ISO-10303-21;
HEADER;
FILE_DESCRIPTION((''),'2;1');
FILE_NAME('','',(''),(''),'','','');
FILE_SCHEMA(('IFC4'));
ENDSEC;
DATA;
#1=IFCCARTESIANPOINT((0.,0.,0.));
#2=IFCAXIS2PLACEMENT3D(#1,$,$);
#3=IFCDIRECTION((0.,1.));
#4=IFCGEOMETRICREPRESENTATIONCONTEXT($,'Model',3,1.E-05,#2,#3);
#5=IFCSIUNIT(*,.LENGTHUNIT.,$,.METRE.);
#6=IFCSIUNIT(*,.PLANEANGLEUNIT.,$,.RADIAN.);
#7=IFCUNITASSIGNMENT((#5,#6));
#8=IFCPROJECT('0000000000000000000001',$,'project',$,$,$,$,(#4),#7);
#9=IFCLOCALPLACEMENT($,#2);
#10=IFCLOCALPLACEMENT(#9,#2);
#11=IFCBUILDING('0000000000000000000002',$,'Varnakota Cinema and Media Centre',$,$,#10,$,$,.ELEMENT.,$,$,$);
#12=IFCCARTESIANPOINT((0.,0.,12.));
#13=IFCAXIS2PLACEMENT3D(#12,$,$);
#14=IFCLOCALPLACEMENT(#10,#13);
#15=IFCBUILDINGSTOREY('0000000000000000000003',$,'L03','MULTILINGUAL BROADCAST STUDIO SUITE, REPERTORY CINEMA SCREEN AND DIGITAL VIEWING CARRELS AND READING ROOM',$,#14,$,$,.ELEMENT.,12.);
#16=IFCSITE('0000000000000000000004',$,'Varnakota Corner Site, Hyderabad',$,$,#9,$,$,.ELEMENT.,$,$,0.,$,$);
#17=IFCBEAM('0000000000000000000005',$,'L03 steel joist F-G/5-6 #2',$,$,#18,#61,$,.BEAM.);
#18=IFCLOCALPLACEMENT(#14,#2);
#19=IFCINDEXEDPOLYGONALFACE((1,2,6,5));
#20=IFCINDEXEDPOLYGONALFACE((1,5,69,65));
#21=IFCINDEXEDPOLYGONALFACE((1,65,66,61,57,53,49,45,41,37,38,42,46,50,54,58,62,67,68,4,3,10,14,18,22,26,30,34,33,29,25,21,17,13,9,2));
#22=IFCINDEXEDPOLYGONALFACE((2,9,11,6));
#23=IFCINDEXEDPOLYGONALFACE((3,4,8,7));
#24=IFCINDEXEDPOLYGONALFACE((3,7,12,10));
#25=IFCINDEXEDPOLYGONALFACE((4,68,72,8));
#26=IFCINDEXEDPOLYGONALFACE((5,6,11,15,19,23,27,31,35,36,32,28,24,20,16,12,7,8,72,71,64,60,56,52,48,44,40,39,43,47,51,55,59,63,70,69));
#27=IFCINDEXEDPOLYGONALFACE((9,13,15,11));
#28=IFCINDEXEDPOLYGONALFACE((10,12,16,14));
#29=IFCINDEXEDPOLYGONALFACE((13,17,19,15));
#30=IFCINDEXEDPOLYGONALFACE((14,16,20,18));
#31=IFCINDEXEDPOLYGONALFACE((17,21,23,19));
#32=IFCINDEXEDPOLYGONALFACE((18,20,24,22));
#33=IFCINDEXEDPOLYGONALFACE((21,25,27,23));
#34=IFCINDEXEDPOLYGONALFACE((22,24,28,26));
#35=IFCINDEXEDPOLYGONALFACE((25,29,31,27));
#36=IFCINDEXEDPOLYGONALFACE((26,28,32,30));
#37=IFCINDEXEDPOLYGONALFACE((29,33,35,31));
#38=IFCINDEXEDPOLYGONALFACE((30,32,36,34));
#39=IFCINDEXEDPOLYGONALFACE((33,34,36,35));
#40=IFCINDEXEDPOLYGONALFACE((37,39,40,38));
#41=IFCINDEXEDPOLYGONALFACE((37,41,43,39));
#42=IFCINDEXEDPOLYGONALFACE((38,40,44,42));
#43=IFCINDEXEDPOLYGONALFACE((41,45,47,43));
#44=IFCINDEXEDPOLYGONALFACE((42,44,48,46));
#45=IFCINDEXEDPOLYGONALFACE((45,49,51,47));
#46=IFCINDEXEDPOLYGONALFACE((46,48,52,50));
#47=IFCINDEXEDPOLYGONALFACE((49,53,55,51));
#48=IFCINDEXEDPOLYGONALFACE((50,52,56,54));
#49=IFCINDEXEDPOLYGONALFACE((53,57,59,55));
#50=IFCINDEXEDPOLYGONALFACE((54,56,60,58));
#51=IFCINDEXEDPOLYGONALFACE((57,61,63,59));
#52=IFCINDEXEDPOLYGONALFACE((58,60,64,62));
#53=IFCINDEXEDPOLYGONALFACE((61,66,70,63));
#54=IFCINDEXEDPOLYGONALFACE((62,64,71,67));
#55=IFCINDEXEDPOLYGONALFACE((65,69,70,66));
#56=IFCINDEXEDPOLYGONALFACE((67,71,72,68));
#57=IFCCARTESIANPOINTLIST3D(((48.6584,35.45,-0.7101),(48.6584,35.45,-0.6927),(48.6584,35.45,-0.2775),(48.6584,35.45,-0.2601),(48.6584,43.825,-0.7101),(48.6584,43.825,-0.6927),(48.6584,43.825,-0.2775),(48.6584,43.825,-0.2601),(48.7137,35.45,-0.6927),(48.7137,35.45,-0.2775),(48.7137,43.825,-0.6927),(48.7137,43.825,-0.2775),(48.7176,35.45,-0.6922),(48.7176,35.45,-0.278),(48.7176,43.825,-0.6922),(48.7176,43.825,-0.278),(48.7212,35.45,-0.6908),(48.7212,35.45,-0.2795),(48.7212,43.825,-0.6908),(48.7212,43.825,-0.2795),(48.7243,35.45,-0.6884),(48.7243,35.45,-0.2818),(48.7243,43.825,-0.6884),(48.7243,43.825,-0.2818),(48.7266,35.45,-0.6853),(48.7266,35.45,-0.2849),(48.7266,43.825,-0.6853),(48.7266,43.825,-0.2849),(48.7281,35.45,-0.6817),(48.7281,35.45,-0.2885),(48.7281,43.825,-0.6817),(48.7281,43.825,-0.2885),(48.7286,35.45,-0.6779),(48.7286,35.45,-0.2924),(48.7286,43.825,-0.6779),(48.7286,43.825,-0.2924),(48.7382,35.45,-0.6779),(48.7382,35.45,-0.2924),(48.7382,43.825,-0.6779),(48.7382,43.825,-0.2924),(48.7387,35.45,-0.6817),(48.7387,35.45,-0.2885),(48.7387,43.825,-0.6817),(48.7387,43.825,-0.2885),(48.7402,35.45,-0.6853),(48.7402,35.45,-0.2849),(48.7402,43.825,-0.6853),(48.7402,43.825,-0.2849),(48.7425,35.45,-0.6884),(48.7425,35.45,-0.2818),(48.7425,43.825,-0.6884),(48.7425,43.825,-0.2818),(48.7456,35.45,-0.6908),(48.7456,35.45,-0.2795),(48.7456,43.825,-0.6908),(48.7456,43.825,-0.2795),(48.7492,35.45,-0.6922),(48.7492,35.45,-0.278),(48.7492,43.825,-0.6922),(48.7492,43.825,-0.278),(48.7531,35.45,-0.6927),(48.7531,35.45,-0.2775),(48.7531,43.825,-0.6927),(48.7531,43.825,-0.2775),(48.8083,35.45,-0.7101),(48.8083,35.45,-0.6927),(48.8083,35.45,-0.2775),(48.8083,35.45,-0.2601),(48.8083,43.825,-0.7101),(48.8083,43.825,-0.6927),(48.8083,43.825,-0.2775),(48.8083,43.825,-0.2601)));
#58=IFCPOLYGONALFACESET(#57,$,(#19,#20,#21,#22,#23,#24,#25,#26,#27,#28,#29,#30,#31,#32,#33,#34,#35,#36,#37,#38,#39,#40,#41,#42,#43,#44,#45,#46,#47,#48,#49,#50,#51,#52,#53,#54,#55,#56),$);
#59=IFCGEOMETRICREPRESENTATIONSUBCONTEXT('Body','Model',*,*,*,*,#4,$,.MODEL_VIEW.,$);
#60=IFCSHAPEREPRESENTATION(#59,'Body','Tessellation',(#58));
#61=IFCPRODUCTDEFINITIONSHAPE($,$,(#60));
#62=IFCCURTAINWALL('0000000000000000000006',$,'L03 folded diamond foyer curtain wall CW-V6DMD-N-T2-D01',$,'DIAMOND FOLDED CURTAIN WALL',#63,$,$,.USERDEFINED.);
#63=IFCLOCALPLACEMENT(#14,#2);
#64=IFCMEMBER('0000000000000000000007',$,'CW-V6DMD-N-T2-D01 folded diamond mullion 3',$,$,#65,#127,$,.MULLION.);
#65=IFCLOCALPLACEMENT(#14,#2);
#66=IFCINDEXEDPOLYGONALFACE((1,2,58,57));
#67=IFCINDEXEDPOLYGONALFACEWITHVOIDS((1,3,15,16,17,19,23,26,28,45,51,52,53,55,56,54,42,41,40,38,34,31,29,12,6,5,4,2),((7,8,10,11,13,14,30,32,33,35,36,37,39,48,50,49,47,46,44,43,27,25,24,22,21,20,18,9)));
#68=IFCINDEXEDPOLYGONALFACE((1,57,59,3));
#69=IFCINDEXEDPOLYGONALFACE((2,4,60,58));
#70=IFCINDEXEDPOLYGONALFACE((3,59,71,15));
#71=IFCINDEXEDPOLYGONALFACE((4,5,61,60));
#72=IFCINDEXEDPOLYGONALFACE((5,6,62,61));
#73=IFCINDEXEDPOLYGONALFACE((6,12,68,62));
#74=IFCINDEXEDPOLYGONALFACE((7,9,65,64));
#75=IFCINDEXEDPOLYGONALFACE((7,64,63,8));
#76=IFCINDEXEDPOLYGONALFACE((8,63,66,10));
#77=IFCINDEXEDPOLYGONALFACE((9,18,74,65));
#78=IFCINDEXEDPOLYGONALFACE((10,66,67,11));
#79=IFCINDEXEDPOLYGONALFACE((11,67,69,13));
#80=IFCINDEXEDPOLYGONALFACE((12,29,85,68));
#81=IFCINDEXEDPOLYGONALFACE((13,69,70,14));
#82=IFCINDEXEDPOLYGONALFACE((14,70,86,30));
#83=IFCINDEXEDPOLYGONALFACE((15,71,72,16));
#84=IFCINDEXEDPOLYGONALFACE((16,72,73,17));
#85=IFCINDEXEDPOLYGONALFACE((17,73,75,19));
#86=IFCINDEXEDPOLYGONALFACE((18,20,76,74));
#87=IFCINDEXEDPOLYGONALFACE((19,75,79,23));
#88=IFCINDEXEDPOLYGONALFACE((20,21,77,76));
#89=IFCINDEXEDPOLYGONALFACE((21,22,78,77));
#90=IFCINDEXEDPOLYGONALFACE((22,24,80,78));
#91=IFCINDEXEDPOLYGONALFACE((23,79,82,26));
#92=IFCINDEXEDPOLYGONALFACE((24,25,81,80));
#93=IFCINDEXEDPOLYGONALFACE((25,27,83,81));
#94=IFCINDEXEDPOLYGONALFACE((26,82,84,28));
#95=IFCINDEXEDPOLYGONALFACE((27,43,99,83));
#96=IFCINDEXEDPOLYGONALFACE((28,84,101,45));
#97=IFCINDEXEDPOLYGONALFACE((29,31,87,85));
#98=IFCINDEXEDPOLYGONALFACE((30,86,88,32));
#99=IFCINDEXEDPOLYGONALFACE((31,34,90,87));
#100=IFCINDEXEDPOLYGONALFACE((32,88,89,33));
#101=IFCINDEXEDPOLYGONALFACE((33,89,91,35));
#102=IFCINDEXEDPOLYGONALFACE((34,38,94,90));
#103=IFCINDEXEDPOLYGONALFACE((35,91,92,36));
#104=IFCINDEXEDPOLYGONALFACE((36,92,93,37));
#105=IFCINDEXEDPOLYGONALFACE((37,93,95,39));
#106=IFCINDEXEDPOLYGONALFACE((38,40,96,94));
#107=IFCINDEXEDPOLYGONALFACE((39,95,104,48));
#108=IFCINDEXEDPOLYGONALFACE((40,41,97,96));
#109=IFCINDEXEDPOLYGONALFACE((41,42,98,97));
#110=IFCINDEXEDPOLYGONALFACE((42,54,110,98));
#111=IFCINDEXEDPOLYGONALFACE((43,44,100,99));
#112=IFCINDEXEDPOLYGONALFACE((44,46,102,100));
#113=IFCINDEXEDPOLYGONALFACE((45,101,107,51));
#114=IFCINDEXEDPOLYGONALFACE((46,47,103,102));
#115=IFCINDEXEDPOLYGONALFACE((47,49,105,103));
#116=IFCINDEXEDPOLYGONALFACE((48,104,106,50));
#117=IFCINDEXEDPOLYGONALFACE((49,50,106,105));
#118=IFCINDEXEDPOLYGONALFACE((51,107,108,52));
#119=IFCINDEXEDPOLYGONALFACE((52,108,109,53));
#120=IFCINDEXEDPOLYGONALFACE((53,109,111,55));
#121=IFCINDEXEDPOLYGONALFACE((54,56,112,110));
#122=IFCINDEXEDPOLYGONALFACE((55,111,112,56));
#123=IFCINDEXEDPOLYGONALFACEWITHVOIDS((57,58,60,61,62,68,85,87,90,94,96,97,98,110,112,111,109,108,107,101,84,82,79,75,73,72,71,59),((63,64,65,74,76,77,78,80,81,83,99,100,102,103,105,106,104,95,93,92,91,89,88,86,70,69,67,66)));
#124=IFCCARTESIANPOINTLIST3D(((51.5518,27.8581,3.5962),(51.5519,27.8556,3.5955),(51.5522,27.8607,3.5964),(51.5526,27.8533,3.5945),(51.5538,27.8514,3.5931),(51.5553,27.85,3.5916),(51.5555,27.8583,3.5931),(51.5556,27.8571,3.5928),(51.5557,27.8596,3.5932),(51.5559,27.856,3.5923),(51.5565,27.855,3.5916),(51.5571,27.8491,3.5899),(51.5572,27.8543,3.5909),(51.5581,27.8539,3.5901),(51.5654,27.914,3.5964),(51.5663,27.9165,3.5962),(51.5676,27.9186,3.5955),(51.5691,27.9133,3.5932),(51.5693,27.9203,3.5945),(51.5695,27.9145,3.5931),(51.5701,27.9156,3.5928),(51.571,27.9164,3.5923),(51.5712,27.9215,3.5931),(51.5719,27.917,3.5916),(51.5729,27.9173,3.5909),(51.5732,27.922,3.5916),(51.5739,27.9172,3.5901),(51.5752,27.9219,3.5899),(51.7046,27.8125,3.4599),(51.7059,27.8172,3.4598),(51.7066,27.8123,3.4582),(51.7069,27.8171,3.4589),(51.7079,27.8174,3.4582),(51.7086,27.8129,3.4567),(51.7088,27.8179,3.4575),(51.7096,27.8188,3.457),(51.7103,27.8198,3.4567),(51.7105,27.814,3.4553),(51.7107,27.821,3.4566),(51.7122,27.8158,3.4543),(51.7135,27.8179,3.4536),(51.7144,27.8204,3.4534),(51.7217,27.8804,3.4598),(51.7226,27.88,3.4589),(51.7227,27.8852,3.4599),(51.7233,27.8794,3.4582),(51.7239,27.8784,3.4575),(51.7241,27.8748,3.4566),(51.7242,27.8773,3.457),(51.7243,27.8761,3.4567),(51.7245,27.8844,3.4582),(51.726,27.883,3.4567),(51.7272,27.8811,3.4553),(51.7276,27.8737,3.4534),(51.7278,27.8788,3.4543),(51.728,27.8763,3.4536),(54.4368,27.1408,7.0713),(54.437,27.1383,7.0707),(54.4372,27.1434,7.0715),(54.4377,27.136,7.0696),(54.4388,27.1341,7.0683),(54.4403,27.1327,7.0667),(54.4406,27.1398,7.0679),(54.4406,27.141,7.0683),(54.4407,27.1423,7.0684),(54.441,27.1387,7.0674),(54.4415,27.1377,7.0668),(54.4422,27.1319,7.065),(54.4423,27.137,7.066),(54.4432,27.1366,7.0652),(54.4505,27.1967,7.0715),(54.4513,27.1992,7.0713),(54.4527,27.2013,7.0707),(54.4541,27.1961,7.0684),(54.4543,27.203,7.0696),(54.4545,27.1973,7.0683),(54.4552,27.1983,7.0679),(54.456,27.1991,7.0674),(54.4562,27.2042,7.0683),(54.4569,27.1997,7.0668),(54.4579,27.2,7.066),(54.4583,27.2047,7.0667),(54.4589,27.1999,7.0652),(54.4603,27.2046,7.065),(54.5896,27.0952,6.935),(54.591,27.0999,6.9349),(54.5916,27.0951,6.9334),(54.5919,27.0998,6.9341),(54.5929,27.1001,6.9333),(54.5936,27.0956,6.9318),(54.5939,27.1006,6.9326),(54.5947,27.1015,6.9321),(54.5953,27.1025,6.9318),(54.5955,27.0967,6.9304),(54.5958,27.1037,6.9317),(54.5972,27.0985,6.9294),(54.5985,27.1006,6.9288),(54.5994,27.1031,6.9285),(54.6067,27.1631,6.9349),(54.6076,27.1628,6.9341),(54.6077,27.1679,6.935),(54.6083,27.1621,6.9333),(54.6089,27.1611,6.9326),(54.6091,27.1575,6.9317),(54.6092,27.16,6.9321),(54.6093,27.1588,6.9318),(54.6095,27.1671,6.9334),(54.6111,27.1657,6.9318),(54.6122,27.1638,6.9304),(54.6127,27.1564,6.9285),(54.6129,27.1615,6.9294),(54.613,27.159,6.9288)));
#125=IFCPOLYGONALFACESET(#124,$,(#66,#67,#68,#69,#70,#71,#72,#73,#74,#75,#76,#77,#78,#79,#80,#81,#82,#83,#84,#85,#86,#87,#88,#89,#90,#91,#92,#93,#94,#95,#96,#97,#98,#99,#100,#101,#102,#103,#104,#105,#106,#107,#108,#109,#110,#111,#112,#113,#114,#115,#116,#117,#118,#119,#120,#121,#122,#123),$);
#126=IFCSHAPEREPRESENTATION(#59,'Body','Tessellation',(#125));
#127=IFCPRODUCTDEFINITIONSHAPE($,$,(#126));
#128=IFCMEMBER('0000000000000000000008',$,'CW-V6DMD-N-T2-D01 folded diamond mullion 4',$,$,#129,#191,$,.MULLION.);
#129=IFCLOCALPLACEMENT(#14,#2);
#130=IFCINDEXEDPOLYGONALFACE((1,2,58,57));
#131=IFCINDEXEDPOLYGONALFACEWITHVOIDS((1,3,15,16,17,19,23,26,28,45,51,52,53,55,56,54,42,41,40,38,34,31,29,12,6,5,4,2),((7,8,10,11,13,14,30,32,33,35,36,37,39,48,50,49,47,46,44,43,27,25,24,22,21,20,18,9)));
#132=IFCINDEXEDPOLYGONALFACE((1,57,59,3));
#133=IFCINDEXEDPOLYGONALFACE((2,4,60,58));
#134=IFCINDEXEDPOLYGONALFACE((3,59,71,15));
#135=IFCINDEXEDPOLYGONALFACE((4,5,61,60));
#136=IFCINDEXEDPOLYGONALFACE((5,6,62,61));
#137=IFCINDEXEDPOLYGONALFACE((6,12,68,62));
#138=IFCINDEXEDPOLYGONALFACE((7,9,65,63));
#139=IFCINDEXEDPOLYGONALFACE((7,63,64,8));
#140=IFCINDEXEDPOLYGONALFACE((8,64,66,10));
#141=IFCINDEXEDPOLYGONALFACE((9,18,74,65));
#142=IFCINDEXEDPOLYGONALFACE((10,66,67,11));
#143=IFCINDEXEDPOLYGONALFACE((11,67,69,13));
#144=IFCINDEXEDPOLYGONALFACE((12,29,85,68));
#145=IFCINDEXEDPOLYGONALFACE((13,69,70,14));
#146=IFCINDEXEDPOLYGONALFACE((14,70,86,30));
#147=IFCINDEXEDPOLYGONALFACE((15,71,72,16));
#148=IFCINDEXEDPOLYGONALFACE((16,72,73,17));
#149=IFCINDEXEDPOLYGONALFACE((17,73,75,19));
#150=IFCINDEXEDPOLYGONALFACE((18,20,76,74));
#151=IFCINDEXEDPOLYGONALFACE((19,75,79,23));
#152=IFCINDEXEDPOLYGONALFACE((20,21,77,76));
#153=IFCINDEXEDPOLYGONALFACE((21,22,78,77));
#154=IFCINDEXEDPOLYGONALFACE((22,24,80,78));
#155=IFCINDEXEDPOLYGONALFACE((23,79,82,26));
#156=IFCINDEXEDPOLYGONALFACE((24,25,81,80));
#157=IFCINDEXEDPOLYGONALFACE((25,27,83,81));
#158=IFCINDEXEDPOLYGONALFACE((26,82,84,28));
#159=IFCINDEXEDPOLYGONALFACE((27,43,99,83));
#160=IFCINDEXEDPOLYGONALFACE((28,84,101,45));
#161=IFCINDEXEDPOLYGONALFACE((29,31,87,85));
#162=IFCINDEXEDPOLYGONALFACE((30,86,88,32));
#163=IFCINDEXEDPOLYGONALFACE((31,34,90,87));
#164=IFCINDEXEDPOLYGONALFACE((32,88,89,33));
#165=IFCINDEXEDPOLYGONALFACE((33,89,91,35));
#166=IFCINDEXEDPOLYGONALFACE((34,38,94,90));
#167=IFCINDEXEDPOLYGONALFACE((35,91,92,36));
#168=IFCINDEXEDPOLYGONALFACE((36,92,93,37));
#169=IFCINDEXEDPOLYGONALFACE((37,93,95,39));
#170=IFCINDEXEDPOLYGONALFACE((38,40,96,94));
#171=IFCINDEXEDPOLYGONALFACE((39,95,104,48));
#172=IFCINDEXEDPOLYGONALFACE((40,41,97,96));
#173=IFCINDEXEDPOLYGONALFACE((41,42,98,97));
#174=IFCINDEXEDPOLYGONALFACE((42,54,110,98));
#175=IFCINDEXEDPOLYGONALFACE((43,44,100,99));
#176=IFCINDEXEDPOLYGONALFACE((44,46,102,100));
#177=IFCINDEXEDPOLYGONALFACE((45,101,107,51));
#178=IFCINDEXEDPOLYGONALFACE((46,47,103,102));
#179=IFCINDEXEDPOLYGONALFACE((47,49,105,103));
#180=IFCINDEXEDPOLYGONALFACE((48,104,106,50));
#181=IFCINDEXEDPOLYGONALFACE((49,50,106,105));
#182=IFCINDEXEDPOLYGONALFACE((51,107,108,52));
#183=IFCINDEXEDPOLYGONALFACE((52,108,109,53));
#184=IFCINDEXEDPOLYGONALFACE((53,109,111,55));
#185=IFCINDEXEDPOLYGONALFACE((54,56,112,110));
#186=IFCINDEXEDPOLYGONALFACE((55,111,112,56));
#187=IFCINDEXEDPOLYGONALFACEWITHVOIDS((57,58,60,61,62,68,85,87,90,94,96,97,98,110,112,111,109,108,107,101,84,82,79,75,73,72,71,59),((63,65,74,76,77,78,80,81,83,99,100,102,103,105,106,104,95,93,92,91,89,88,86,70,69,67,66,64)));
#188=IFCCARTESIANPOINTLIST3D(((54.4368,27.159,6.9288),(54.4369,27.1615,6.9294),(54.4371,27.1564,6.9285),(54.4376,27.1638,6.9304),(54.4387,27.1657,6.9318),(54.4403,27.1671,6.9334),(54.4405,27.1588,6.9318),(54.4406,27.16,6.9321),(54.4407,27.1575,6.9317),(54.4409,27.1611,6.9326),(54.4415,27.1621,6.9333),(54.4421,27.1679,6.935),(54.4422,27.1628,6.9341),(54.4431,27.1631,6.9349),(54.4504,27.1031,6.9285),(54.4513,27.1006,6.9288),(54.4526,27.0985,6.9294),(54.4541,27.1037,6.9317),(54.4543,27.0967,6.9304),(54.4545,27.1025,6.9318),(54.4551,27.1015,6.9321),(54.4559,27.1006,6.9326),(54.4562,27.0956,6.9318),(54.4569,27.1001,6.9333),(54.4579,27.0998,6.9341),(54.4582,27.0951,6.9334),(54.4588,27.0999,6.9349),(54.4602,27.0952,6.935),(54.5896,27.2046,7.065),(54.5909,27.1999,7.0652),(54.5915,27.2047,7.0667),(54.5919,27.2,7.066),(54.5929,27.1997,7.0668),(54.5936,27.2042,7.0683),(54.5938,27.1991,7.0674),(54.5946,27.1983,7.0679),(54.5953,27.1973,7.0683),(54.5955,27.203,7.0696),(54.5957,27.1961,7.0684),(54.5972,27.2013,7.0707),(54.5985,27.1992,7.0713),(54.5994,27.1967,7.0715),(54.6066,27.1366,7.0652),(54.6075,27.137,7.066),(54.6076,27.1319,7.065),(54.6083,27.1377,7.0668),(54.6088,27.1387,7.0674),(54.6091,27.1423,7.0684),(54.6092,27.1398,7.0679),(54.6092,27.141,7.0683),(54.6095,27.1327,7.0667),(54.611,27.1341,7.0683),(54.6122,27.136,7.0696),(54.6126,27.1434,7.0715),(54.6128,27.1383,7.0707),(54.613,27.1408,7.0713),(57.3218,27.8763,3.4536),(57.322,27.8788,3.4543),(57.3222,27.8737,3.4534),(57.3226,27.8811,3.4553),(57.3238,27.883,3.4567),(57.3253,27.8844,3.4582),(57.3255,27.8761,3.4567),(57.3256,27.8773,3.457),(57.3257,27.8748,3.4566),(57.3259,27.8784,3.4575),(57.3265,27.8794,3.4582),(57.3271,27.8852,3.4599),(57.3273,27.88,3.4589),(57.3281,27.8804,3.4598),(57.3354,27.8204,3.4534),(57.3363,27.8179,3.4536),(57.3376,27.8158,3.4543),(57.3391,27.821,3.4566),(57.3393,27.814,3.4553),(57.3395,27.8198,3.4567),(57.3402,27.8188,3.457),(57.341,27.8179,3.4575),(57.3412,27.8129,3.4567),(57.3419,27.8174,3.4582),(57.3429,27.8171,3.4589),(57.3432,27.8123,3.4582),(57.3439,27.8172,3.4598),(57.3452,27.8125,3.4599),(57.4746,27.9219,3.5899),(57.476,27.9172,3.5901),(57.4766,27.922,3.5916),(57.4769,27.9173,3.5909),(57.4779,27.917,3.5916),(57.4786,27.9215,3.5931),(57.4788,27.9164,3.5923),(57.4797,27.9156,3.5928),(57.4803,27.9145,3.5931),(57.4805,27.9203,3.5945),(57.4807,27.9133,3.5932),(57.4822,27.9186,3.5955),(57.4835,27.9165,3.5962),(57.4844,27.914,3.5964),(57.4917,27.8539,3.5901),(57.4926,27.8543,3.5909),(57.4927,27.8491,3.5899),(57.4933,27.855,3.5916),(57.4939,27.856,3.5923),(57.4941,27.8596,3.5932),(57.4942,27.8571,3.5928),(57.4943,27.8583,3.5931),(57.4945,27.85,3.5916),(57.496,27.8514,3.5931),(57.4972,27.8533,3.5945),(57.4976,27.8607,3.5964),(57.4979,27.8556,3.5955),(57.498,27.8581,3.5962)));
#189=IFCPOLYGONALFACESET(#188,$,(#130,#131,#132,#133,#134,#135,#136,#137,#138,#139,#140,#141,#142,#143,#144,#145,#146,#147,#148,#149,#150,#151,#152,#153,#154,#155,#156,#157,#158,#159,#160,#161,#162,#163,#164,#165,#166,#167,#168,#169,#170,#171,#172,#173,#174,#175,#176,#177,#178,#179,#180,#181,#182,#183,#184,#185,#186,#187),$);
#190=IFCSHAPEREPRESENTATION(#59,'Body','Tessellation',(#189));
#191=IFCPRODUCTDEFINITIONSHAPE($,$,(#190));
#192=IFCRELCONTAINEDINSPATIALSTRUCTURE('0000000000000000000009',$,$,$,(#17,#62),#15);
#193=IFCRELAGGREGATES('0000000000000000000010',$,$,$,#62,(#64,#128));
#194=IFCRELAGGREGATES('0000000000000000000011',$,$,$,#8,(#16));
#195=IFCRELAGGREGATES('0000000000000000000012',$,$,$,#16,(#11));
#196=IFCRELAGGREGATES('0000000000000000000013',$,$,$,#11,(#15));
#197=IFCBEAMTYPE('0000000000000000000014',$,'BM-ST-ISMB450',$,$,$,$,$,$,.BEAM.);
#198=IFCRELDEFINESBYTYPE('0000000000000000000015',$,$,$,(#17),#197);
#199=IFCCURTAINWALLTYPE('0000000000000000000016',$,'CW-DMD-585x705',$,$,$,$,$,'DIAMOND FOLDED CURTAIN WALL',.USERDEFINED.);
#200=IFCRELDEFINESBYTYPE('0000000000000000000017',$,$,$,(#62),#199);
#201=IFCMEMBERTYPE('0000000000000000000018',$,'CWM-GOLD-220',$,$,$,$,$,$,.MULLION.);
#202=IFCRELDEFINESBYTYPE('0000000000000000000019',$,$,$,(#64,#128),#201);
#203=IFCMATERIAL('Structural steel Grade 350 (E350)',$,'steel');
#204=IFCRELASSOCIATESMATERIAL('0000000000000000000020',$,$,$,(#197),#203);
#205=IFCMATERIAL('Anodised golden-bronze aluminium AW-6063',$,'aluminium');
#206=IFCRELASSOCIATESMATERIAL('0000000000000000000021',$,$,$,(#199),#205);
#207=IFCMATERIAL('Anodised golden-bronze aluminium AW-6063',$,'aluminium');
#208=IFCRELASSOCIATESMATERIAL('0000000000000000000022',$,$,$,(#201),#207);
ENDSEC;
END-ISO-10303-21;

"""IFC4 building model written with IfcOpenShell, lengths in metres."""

from ifc_helpers import new_model, si_unit, direction, frame, origin, origin_2d, place, context, subcontext, project, spatial, hollow_rectangle, i_section, extrude, material, material_profile, profile_set, type_object, element, aggregate, save


model = new_model("IFC4")

# Units and contexts
model_context = context("Model", 3, precision=1e-05, world=origin(), true_north=direction((0.0, 1.0)))
body_context = subcontext(model_context, "Body", "Model", "MODEL_VIEW")
ifc_project = project(units=[si_unit("LENGTHUNIT", "METRE"), si_unit("PLANEANGLEUNIT", "RADIAN")], contexts=[model_context])

# Site, building, storey
site_placement = place(None, origin())
site = spatial("IfcSite", under=ifc_project, at=site_placement, Name="Varnakota Corner Site, Hyderabad", CompositionType="ELEMENT", RefElevation=0.0)
building_placement = place(site_placement, origin())
building = spatial("IfcBuilding", under=site, at=building_placement, Name="Varnakota Cinema and Media Centre", CompositionType="ELEMENT")
storey_placement = place(building_placement, frame((0.0, 0.0, 12.0)))
storey = spatial("IfcBuildingStorey", under=building, at=storey_placement, Name="L03", Description="MULTILINGUAL BROADCAST STUDIO SUITE, REPERTORY CINEMA SCREEN AND DIGITAL VIEWING CARRELS AND READING ROOM", CompositionType="ELEMENT", Elevation=12.0)

# Beam
ifc_material_1 = material(Name="Structural steel Grade 350 (E350)", Category="steel")
ifc_material_profile_1 = material_profile(ifc_material_1, i_section(OverallWidth=0.1499, OverallDepth=0.45, WebThickness=0.0095, FlangeThickness=0.0173, FilletRadius=0.0149, at=origin_2d()), Name="ISMB 450")
ifc_profile_set_1 = profile_set([ifc_material_profile_1], Name="Structural steel Grade 350 (E350)")
beam_type_1 = type_object("IfcBeamType", Name="BM-ST-ISMB450", PredefinedType="BEAM", material=ifc_profile_set_1)
beam_1_placement = place(storey_placement, frame((48.7334, 35.45, -0.4851), z_axis=(0.0, 1.0, 0.0), x_axis=(-1.0, 0.0, 0.0)))
element("IfcBeam", 1, at=beam_1_placement, inside=storey, type_object=beam_type_1, Name="L03 steel joist F-G/5-6 #2", PredefinedType="BEAM", context=body_context, shape_type="SweptSolid", body=[
    extrude(i_section(OverallWidth=0.1499, OverallDepth=0.45, WebThickness=0.0095, FlangeThickness=0.0173, FilletRadius=0.0149, at=origin_2d()), origin(), (0.0, 0.0, 1.0), 8.375),
])

# Curtain wall, members
ifc_material_2 = material(Name="Anodised golden-bronze aluminium AW-6063", Category="aluminium")
curtain_wall_type = type_object("IfcCurtainWallType", Name="CW-DMD-585x705", ElementType="DIAMOND FOLDED CURTAIN WALL", PredefinedType="USERDEFINED", material=ifc_material_2)
curtain_wall_1_placement = place(storey_placement, origin())
curtain_wall_1 = element("IfcCurtainWall", 2, at=curtain_wall_1_placement, inside=storey, type_object=curtain_wall_type, Name="L03 folded diamond foyer curtain wall CW-V6DMD-N-T2-D01", ObjectType="DIAMOND FOLDED CURTAIN WALL", PredefinedType="USERDEFINED")
ifc_material_3 = material(Name="Anodised golden-bronze aluminium AW-6063", Category="aluminium")
ifc_material_profile_2 = material_profile(ifc_material_3, hollow_rectangle(XDim=0.075, YDim=0.22, WallThickness=0.0049, InnerFilletRadius=0.0049, OuterFilletRadius=0.01, at=origin_2d()), Name="AL-MULLION 220x75x5")
ifc_profile_set_2 = profile_set([ifc_material_profile_2], Name="Anodised golden-bronze aluminium AW-6063")
member_type_1 = type_object("IfcMemberType", Name="CWM-GOLD-220", PredefinedType="MULLION", material=ifc_profile_set_2)
member_1_placement = place(storey_placement, frame((51.6399, 27.8672, 3.5249), z_axis=(0.630853, -0.156846, 0.759885), x_axis=(0.241279, 0.970456, 0.0)))
member_1 = element("IfcMember", 3, at=member_1_placement, type_object=member_type_1, Name="CW-V6DMD-N-T2-D01 folded diamond mullion 3", PredefinedType="MULLION", context=body_context, shape_type="SweptSolid", body=[
    extrude(hollow_rectangle(XDim=0.075, YDim=0.22, WallThickness=0.0049, InnerFilletRadius=0.0049, OuterFilletRadius=0.01, at=origin_2d()), origin(), (0.0, 0.0, 1.0), 4.5732),
])
member_2_placement = place(storey_placement, frame((57.4099, 27.8672, 3.5249), z_axis=(-0.630853, -0.156846, 0.759885), x_axis=(0.241279, -0.970456, 0.0)))
member_2 = element("IfcMember", 4, at=member_2_placement, type_object=member_type_1, Name="CW-V6DMD-N-T2-D01 folded diamond mullion 4", PredefinedType="MULLION", context=body_context, shape_type="SweptSolid", body=[
    extrude(hollow_rectangle(XDim=0.075, YDim=0.22, WallThickness=0.0049, InnerFilletRadius=0.0049, OuterFilletRadius=0.01, at=origin_2d()), origin(), (0.0, 0.0, 1.0), 4.5732),
])

aggregate(curtain_wall_1, [member_1, member_2])

save(model, "model.ifc")
